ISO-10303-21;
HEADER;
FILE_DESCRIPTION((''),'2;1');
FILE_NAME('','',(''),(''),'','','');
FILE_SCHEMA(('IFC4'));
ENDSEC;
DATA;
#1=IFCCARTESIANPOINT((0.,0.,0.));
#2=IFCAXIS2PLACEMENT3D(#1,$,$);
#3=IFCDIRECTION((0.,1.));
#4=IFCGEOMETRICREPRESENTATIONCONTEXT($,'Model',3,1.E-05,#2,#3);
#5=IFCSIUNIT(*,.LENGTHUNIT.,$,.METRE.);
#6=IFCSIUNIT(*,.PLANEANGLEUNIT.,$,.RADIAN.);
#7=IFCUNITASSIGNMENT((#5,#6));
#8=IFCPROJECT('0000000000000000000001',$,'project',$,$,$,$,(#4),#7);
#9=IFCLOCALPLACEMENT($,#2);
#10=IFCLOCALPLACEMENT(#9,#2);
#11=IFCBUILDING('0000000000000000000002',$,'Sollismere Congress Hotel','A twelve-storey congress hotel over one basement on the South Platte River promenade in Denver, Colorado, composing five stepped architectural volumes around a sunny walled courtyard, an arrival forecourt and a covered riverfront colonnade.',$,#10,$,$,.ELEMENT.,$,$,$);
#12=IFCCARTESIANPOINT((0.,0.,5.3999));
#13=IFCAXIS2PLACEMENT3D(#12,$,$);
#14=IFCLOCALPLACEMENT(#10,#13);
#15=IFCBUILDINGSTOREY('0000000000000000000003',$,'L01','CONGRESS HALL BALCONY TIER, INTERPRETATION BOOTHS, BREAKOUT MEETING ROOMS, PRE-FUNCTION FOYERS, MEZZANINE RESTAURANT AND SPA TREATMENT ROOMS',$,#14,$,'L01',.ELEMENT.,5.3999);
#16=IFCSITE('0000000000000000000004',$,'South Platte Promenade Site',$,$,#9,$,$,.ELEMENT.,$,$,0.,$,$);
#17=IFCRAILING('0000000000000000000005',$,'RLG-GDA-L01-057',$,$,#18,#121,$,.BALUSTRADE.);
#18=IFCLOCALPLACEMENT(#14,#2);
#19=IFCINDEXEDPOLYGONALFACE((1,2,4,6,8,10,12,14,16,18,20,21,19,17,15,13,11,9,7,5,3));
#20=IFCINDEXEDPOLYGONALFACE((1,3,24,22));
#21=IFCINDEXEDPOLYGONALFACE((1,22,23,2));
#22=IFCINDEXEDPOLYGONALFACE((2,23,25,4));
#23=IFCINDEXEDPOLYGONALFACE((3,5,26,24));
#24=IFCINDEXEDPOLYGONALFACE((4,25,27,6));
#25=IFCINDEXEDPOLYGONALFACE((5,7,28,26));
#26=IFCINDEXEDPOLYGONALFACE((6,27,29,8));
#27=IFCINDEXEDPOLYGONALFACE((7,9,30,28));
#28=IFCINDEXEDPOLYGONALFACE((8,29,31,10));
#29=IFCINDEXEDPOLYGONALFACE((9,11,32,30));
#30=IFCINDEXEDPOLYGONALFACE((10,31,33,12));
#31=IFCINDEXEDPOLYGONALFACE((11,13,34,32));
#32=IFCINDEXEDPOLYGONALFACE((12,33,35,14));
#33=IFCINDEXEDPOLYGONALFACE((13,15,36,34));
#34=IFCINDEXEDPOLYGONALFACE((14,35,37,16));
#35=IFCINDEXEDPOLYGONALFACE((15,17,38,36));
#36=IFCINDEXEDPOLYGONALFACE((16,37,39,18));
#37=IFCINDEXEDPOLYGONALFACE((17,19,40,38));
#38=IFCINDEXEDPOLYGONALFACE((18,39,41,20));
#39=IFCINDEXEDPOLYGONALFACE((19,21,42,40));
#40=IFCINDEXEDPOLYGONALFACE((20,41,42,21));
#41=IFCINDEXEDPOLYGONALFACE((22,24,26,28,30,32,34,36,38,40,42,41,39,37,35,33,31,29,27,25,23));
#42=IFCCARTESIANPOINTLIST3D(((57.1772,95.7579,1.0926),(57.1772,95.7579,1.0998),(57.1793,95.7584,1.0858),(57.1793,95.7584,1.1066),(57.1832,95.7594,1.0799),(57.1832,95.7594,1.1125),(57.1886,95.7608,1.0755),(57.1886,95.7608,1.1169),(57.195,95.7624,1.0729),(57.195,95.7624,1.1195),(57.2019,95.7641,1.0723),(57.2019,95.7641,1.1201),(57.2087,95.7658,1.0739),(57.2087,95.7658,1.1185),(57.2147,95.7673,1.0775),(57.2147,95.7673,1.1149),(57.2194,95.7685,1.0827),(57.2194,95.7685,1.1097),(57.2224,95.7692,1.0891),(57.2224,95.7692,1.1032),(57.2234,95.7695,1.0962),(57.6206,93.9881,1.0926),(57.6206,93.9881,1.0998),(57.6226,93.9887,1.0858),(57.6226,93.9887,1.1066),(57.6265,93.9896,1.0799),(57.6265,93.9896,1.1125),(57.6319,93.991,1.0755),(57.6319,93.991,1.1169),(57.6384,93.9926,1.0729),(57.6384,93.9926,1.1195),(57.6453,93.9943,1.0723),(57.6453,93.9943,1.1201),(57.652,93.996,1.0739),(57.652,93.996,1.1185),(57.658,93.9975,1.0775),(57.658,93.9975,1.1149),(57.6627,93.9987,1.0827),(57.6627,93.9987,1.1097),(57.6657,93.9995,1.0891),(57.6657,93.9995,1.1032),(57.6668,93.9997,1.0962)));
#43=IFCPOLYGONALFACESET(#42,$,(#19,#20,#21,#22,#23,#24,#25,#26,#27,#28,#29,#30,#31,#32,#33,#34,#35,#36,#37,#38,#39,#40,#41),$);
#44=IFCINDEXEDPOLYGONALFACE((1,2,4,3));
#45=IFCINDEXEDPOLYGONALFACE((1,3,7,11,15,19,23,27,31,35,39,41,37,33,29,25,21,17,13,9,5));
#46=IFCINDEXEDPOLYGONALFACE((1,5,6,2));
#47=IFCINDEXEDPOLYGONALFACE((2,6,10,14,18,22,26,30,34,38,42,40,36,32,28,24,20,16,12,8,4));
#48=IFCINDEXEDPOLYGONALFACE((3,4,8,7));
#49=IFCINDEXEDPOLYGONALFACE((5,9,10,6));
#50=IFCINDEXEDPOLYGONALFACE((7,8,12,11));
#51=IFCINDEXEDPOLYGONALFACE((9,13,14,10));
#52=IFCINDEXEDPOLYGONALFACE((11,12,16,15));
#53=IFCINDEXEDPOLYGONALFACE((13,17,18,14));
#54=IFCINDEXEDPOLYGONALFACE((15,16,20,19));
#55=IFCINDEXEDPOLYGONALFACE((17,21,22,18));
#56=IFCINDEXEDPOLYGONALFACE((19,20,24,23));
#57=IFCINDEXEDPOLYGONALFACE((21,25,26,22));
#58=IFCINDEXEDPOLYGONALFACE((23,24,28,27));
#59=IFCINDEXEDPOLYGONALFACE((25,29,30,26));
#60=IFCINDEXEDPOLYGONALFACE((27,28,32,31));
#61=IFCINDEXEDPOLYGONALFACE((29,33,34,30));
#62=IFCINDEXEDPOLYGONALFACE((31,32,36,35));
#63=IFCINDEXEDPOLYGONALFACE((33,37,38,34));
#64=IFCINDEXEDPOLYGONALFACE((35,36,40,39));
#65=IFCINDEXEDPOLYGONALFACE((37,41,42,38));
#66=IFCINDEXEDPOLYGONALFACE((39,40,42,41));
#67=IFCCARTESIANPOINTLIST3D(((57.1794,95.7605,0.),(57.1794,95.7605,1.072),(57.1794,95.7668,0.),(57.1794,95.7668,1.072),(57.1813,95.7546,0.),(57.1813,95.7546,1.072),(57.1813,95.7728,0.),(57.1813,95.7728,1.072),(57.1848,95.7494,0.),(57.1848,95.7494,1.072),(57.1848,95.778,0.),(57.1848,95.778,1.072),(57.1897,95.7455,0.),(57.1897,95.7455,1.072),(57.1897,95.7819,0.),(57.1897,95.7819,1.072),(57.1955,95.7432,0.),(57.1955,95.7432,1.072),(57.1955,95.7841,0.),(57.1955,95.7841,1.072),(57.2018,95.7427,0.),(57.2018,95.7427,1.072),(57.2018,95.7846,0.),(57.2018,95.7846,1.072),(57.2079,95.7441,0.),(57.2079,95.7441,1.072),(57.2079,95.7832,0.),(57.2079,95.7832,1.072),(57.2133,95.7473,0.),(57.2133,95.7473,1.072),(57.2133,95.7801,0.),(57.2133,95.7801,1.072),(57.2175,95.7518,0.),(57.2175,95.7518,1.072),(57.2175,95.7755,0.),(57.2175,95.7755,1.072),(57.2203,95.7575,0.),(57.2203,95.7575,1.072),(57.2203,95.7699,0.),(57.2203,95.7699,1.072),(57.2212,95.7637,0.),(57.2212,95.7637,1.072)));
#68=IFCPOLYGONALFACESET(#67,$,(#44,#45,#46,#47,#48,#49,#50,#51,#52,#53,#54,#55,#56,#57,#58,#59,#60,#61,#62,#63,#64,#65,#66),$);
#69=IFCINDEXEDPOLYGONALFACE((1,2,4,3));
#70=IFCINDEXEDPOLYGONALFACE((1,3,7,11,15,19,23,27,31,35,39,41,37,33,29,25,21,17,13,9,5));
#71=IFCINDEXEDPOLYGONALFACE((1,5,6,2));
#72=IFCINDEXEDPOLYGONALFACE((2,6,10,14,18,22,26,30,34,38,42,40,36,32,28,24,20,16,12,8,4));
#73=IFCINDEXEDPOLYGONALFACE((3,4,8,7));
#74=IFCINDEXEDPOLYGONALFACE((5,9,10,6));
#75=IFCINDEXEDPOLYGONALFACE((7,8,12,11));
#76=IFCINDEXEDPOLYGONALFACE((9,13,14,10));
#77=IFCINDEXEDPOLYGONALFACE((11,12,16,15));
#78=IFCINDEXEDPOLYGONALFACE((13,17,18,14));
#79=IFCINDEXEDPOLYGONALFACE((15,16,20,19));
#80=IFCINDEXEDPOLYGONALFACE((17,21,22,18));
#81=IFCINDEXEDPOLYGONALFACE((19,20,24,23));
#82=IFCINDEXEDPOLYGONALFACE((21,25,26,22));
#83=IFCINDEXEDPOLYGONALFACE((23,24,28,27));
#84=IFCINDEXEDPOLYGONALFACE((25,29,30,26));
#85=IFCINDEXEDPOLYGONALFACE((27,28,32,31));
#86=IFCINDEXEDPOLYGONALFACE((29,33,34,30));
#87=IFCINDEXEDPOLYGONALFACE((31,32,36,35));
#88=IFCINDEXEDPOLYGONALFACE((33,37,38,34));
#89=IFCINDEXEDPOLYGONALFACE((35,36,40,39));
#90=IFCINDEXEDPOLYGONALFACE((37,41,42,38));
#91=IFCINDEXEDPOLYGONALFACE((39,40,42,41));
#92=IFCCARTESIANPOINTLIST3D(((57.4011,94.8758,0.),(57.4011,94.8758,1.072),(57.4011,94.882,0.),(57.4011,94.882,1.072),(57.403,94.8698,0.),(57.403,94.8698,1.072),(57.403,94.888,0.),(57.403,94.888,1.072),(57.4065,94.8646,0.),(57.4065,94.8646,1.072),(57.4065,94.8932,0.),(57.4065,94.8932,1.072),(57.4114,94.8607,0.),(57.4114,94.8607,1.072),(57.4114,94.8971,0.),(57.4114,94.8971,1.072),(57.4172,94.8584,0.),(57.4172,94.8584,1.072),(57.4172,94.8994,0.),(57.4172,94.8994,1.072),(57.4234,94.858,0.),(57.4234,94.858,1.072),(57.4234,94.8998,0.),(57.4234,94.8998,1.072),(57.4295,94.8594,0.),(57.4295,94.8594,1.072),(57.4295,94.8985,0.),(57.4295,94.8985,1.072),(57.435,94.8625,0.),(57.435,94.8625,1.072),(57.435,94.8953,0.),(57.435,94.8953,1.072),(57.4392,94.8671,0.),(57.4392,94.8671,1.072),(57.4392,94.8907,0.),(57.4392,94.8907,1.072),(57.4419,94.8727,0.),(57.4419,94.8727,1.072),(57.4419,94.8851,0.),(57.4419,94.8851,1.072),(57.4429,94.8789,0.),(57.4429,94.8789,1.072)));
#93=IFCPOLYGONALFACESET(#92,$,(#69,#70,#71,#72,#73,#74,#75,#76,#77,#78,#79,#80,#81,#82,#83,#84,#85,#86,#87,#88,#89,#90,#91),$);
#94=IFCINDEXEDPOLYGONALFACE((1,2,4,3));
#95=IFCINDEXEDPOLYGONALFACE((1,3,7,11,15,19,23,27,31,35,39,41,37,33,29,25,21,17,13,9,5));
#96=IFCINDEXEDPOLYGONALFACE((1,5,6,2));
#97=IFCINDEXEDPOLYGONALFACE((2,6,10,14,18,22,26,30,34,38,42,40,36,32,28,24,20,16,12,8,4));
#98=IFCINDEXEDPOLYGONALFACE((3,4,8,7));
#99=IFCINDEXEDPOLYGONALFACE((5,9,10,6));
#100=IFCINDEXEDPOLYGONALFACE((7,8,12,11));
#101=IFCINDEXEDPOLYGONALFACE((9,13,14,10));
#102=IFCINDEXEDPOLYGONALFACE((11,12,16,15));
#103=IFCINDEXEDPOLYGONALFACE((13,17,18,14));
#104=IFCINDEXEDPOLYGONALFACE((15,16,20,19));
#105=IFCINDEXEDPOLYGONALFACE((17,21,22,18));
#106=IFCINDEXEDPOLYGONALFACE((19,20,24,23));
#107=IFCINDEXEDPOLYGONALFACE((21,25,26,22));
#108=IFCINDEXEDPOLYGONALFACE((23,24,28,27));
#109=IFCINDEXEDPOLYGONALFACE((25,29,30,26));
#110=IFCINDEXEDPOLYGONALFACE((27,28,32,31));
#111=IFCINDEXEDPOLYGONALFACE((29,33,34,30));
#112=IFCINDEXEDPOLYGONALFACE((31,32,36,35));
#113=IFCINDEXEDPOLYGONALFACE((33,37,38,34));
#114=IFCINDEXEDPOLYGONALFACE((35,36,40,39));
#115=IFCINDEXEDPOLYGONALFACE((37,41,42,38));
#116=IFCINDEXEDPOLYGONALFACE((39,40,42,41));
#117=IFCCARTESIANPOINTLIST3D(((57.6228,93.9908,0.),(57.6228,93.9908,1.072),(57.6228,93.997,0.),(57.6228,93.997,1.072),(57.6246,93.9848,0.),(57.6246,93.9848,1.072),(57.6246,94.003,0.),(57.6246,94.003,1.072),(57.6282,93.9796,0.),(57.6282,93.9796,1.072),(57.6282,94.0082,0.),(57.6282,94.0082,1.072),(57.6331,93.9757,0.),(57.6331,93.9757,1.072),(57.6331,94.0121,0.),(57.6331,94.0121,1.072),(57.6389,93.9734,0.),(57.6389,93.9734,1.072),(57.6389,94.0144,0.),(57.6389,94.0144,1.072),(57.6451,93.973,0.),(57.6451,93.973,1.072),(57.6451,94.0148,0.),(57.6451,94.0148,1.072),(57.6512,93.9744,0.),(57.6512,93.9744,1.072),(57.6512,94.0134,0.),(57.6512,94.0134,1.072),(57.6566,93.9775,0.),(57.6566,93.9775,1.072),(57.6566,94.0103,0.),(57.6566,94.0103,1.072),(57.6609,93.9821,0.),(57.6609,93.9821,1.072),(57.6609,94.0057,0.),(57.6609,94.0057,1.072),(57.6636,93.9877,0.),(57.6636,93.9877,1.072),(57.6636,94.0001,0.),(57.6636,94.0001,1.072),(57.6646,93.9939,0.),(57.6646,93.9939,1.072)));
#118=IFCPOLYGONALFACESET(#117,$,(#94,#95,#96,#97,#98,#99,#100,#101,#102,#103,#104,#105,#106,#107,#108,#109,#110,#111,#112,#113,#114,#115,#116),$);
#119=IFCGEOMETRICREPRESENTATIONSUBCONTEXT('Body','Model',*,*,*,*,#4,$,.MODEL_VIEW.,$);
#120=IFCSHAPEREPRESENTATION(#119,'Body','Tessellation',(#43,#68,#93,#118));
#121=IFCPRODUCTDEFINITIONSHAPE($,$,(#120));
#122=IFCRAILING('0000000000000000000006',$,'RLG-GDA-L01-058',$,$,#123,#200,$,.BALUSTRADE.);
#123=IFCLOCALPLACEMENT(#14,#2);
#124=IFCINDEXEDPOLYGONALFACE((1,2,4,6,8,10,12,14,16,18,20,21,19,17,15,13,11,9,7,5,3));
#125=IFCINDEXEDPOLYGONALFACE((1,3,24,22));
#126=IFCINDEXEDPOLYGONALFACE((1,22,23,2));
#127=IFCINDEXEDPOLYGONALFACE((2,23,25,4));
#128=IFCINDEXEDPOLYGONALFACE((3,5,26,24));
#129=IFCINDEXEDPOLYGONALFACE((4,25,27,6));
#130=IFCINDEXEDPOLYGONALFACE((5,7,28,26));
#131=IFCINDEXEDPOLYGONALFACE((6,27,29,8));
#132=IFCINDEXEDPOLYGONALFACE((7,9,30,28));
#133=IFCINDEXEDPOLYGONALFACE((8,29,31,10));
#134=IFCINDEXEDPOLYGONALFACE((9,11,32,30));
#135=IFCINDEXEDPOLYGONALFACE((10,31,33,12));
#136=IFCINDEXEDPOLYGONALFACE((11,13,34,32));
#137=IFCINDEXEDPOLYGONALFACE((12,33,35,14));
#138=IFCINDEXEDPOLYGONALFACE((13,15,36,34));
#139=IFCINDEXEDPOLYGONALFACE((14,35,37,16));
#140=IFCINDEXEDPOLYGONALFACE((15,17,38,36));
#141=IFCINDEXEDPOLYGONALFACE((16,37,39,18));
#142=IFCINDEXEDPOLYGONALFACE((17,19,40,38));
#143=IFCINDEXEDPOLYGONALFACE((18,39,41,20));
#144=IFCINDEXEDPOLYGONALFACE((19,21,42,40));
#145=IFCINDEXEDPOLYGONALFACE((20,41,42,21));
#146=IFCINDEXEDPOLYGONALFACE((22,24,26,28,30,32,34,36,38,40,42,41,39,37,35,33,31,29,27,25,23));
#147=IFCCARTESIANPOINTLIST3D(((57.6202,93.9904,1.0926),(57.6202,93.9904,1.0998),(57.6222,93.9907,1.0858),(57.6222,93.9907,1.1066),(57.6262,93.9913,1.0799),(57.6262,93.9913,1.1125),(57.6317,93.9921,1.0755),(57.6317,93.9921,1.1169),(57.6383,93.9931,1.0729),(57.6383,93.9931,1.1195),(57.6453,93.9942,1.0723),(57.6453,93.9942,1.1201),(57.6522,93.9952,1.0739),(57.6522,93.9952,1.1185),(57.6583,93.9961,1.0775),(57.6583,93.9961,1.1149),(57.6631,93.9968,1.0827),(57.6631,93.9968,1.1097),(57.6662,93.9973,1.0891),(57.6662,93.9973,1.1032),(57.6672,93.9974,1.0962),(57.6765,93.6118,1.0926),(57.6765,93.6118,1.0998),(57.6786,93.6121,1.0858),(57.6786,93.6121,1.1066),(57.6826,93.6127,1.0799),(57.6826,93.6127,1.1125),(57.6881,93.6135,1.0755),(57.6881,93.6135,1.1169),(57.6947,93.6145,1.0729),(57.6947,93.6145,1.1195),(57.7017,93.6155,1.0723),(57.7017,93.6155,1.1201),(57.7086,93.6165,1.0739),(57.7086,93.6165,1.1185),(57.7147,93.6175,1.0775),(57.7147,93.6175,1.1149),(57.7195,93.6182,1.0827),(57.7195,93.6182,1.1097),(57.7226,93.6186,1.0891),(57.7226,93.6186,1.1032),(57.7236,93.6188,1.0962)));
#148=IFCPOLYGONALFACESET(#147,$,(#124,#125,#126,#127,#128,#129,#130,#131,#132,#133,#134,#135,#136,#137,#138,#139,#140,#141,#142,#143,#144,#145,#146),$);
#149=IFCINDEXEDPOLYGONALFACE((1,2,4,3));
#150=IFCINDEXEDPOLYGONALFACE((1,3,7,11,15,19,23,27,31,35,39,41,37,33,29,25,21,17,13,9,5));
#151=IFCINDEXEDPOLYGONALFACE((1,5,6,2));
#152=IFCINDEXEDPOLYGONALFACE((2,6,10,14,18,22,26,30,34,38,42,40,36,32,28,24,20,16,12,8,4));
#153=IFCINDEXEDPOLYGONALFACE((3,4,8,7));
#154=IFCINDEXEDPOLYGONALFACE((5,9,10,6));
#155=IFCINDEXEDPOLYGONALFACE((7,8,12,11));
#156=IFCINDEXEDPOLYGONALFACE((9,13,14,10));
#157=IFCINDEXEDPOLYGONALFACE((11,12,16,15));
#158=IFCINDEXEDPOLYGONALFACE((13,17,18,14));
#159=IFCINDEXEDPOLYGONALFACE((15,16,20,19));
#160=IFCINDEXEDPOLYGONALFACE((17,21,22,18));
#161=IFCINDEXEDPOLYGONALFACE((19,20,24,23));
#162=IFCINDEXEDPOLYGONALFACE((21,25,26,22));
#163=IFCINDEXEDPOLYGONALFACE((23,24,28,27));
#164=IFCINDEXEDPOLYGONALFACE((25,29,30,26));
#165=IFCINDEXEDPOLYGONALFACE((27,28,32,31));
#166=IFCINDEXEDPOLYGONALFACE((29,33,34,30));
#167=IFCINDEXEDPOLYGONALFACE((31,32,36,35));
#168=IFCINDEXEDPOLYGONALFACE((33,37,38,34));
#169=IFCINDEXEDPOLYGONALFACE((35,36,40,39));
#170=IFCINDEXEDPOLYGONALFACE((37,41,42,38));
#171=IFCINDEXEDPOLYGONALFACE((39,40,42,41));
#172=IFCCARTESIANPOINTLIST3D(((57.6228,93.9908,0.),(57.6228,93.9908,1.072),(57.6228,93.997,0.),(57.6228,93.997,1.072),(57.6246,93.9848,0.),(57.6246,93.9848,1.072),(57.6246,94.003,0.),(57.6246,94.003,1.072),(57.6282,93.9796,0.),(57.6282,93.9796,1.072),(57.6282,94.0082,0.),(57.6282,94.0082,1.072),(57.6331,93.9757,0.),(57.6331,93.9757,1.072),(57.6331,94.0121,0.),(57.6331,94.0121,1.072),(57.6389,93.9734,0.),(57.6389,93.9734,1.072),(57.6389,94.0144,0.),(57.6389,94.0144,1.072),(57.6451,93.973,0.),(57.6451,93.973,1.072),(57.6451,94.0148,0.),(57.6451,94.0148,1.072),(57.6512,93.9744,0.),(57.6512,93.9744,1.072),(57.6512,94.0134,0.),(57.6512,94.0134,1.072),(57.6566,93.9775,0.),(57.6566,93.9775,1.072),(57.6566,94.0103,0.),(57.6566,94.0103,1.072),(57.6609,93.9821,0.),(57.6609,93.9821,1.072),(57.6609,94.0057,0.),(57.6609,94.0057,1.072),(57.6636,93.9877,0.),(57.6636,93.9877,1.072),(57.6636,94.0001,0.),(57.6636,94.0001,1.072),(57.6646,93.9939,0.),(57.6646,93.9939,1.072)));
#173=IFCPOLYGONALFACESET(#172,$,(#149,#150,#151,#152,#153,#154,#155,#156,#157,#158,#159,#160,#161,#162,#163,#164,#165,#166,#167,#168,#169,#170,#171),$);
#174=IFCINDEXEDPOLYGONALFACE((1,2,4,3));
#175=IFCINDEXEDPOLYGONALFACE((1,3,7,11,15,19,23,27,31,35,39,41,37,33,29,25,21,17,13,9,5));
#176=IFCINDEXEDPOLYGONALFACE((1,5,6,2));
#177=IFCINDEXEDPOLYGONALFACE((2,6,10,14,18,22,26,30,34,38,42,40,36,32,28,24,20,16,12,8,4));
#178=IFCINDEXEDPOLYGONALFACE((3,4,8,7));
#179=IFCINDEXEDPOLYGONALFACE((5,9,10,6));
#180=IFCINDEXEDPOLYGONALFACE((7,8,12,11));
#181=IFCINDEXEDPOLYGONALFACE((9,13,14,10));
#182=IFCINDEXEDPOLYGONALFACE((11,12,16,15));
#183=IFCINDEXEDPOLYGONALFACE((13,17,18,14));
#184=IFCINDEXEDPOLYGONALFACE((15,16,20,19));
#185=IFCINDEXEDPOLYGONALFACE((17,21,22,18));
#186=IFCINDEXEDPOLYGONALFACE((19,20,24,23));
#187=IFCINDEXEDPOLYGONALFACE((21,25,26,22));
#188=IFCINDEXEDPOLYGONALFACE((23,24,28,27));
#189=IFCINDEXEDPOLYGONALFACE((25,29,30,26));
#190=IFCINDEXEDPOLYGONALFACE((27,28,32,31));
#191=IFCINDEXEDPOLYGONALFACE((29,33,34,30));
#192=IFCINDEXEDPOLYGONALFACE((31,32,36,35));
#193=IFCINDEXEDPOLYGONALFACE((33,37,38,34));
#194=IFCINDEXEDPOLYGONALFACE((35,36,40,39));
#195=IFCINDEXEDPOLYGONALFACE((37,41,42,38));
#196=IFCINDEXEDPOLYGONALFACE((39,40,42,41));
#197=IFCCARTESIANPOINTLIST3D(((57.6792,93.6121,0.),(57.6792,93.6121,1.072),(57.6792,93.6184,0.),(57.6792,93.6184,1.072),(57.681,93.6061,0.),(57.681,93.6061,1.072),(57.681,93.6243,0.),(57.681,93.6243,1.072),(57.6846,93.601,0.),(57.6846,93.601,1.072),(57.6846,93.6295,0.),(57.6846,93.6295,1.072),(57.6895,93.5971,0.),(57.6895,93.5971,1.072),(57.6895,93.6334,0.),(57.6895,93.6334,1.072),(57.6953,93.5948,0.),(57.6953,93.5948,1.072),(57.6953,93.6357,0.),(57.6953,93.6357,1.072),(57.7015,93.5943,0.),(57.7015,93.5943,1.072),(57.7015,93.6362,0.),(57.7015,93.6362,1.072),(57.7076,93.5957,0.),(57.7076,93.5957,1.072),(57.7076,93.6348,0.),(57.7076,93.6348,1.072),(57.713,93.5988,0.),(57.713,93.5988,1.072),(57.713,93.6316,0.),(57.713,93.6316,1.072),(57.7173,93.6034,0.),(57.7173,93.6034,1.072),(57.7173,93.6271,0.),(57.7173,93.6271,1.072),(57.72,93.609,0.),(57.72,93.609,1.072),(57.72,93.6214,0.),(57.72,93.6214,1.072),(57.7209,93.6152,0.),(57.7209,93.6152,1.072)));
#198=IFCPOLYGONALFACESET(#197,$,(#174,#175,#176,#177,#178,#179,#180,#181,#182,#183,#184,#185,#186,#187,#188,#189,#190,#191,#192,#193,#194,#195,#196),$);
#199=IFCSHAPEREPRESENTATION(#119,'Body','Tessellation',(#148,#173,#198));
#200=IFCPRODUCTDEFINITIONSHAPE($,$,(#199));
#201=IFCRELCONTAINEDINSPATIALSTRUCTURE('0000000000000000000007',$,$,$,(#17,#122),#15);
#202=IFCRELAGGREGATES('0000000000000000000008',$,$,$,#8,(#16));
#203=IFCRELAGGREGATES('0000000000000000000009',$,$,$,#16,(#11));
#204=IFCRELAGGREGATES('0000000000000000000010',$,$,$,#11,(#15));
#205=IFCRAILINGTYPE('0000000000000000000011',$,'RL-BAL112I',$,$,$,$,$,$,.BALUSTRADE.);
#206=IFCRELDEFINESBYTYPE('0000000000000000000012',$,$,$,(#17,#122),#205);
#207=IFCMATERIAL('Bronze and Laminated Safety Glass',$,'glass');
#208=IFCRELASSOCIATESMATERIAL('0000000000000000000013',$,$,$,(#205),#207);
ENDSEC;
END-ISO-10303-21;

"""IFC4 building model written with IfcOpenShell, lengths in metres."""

from ifc_helpers import new_model, si_unit, direction, frame, origin, origin_2d, place, context, subcontext, project, spatial, circle, extrude, material, type_object, element, save


model = new_model("IFC4")

# Units and contexts
model_context = context("Model", 3, precision=1e-05, world=origin(), true_north=direction((0.0, 1.0)))
body_context = subcontext(model_context, "Body", "Model", "MODEL_VIEW")
ifc_project = project(units=[si_unit("LENGTHUNIT", "METRE"), si_unit("PLANEANGLEUNIT", "RADIAN")], contexts=[model_context])

# Site, building, storey
site_placement = place(None, origin())
site = spatial("IfcSite", under=ifc_project, at=site_placement, Name="South Platte Promenade Site", CompositionType="ELEMENT", RefElevation=0.0)
building_placement = place(site_placement, origin())
building = spatial("IfcBuilding", under=site, at=building_placement, Name="Sollismere Congress Hotel", Description="A twelve-storey congress hotel over one basement on the South Platte River promenade in Denver, Colorado, composing five stepped architectural volumes around a sunny walled courtyard, an arrival forecourt and a covered riverfront colonnade.", CompositionType="ELEMENT")
storey_placement = place(building_placement, frame((0.0, 0.0, 5.3999)))
storey = spatial("IfcBuildingStorey", under=building, at=storey_placement, Name="L01", Description="CONGRESS HALL BALCONY TIER, INTERPRETATION BOOTHS, BREAKOUT MEETING ROOMS, PRE-FUNCTION FOYERS, MEZZANINE RESTAURANT AND SPA TREATMENT ROOMS", LongName="L01", CompositionType="ELEMENT", Elevation=5.3999)

# Railings
ifc_material_1 = material(Name="Bronze and Laminated Safety Glass", Category="glass")
railing_type = type_object("IfcRailingType", Name="RL-BAL112I", PredefinedType="BALUSTRADE", material=ifc_material_1)
railing_1_placement = place(storey_placement, frame((57.2002, 95.7637, 0.0)))
element("IfcRailing", 1, at=railing_1_placement, inside=storey, type_object=railing_type, Name="RLG-GDA-L01-057", PredefinedType="BALUSTRADE", context=body_context, shape_type="SweptSolid", body=[
    extrude(circle(Radius=0.0239, at=origin_2d()), frame((0.0, 0.0, 1.0962), z_axis=(0.243008, -0.970024, 0.0), x_axis=(0.970024, 0.243008, 0.0)), (0.0, 0.0, 1.0), 1.8245),
    extrude(circle(Radius=0.021, at=origin_2d()), origin(), (0.0, 0.0, 1.0), 1.072),
    extrude(circle(Radius=0.021, at=origin_2d()), frame((0.2217, -0.8848, 0.0)), (0.0, 0.0, 1.0), 1.072),
    extrude(circle(Radius=0.021, at=origin_2d()), frame((0.4434, -1.7698, 0.0)), (0.0, 0.0, 1.0), 1.072),
])
railing_2_placement = place(storey_placement, frame((57.6436, 93.9939, 0.0)))
element("IfcRailing", 2, at=railing_2_placement, inside=storey, type_object=railing_type, Name="RLG-GDA-L01-058", PredefinedType="BALUSTRADE", context=body_context, shape_type="SweptSolid", body=[
    extrude(circle(Radius=0.0239, at=origin_2d()), frame((0.0, 0.0, 1.0962), z_axis=(0.147311, -0.98909, 0.0), x_axis=(0.98909, 0.147311, 0.0)), (0.0, 0.0, 1.0), 0.3828),
    extrude(circle(Radius=0.021, at=origin_2d()), origin(), (0.0, 0.0, 1.0), 1.072),
    extrude(circle(Radius=0.021, at=origin_2d()), frame((0.0564, -0.3787, 0.0)), (0.0, 0.0, 1.0), 1.072),
])

save(model, "model.ifc")
